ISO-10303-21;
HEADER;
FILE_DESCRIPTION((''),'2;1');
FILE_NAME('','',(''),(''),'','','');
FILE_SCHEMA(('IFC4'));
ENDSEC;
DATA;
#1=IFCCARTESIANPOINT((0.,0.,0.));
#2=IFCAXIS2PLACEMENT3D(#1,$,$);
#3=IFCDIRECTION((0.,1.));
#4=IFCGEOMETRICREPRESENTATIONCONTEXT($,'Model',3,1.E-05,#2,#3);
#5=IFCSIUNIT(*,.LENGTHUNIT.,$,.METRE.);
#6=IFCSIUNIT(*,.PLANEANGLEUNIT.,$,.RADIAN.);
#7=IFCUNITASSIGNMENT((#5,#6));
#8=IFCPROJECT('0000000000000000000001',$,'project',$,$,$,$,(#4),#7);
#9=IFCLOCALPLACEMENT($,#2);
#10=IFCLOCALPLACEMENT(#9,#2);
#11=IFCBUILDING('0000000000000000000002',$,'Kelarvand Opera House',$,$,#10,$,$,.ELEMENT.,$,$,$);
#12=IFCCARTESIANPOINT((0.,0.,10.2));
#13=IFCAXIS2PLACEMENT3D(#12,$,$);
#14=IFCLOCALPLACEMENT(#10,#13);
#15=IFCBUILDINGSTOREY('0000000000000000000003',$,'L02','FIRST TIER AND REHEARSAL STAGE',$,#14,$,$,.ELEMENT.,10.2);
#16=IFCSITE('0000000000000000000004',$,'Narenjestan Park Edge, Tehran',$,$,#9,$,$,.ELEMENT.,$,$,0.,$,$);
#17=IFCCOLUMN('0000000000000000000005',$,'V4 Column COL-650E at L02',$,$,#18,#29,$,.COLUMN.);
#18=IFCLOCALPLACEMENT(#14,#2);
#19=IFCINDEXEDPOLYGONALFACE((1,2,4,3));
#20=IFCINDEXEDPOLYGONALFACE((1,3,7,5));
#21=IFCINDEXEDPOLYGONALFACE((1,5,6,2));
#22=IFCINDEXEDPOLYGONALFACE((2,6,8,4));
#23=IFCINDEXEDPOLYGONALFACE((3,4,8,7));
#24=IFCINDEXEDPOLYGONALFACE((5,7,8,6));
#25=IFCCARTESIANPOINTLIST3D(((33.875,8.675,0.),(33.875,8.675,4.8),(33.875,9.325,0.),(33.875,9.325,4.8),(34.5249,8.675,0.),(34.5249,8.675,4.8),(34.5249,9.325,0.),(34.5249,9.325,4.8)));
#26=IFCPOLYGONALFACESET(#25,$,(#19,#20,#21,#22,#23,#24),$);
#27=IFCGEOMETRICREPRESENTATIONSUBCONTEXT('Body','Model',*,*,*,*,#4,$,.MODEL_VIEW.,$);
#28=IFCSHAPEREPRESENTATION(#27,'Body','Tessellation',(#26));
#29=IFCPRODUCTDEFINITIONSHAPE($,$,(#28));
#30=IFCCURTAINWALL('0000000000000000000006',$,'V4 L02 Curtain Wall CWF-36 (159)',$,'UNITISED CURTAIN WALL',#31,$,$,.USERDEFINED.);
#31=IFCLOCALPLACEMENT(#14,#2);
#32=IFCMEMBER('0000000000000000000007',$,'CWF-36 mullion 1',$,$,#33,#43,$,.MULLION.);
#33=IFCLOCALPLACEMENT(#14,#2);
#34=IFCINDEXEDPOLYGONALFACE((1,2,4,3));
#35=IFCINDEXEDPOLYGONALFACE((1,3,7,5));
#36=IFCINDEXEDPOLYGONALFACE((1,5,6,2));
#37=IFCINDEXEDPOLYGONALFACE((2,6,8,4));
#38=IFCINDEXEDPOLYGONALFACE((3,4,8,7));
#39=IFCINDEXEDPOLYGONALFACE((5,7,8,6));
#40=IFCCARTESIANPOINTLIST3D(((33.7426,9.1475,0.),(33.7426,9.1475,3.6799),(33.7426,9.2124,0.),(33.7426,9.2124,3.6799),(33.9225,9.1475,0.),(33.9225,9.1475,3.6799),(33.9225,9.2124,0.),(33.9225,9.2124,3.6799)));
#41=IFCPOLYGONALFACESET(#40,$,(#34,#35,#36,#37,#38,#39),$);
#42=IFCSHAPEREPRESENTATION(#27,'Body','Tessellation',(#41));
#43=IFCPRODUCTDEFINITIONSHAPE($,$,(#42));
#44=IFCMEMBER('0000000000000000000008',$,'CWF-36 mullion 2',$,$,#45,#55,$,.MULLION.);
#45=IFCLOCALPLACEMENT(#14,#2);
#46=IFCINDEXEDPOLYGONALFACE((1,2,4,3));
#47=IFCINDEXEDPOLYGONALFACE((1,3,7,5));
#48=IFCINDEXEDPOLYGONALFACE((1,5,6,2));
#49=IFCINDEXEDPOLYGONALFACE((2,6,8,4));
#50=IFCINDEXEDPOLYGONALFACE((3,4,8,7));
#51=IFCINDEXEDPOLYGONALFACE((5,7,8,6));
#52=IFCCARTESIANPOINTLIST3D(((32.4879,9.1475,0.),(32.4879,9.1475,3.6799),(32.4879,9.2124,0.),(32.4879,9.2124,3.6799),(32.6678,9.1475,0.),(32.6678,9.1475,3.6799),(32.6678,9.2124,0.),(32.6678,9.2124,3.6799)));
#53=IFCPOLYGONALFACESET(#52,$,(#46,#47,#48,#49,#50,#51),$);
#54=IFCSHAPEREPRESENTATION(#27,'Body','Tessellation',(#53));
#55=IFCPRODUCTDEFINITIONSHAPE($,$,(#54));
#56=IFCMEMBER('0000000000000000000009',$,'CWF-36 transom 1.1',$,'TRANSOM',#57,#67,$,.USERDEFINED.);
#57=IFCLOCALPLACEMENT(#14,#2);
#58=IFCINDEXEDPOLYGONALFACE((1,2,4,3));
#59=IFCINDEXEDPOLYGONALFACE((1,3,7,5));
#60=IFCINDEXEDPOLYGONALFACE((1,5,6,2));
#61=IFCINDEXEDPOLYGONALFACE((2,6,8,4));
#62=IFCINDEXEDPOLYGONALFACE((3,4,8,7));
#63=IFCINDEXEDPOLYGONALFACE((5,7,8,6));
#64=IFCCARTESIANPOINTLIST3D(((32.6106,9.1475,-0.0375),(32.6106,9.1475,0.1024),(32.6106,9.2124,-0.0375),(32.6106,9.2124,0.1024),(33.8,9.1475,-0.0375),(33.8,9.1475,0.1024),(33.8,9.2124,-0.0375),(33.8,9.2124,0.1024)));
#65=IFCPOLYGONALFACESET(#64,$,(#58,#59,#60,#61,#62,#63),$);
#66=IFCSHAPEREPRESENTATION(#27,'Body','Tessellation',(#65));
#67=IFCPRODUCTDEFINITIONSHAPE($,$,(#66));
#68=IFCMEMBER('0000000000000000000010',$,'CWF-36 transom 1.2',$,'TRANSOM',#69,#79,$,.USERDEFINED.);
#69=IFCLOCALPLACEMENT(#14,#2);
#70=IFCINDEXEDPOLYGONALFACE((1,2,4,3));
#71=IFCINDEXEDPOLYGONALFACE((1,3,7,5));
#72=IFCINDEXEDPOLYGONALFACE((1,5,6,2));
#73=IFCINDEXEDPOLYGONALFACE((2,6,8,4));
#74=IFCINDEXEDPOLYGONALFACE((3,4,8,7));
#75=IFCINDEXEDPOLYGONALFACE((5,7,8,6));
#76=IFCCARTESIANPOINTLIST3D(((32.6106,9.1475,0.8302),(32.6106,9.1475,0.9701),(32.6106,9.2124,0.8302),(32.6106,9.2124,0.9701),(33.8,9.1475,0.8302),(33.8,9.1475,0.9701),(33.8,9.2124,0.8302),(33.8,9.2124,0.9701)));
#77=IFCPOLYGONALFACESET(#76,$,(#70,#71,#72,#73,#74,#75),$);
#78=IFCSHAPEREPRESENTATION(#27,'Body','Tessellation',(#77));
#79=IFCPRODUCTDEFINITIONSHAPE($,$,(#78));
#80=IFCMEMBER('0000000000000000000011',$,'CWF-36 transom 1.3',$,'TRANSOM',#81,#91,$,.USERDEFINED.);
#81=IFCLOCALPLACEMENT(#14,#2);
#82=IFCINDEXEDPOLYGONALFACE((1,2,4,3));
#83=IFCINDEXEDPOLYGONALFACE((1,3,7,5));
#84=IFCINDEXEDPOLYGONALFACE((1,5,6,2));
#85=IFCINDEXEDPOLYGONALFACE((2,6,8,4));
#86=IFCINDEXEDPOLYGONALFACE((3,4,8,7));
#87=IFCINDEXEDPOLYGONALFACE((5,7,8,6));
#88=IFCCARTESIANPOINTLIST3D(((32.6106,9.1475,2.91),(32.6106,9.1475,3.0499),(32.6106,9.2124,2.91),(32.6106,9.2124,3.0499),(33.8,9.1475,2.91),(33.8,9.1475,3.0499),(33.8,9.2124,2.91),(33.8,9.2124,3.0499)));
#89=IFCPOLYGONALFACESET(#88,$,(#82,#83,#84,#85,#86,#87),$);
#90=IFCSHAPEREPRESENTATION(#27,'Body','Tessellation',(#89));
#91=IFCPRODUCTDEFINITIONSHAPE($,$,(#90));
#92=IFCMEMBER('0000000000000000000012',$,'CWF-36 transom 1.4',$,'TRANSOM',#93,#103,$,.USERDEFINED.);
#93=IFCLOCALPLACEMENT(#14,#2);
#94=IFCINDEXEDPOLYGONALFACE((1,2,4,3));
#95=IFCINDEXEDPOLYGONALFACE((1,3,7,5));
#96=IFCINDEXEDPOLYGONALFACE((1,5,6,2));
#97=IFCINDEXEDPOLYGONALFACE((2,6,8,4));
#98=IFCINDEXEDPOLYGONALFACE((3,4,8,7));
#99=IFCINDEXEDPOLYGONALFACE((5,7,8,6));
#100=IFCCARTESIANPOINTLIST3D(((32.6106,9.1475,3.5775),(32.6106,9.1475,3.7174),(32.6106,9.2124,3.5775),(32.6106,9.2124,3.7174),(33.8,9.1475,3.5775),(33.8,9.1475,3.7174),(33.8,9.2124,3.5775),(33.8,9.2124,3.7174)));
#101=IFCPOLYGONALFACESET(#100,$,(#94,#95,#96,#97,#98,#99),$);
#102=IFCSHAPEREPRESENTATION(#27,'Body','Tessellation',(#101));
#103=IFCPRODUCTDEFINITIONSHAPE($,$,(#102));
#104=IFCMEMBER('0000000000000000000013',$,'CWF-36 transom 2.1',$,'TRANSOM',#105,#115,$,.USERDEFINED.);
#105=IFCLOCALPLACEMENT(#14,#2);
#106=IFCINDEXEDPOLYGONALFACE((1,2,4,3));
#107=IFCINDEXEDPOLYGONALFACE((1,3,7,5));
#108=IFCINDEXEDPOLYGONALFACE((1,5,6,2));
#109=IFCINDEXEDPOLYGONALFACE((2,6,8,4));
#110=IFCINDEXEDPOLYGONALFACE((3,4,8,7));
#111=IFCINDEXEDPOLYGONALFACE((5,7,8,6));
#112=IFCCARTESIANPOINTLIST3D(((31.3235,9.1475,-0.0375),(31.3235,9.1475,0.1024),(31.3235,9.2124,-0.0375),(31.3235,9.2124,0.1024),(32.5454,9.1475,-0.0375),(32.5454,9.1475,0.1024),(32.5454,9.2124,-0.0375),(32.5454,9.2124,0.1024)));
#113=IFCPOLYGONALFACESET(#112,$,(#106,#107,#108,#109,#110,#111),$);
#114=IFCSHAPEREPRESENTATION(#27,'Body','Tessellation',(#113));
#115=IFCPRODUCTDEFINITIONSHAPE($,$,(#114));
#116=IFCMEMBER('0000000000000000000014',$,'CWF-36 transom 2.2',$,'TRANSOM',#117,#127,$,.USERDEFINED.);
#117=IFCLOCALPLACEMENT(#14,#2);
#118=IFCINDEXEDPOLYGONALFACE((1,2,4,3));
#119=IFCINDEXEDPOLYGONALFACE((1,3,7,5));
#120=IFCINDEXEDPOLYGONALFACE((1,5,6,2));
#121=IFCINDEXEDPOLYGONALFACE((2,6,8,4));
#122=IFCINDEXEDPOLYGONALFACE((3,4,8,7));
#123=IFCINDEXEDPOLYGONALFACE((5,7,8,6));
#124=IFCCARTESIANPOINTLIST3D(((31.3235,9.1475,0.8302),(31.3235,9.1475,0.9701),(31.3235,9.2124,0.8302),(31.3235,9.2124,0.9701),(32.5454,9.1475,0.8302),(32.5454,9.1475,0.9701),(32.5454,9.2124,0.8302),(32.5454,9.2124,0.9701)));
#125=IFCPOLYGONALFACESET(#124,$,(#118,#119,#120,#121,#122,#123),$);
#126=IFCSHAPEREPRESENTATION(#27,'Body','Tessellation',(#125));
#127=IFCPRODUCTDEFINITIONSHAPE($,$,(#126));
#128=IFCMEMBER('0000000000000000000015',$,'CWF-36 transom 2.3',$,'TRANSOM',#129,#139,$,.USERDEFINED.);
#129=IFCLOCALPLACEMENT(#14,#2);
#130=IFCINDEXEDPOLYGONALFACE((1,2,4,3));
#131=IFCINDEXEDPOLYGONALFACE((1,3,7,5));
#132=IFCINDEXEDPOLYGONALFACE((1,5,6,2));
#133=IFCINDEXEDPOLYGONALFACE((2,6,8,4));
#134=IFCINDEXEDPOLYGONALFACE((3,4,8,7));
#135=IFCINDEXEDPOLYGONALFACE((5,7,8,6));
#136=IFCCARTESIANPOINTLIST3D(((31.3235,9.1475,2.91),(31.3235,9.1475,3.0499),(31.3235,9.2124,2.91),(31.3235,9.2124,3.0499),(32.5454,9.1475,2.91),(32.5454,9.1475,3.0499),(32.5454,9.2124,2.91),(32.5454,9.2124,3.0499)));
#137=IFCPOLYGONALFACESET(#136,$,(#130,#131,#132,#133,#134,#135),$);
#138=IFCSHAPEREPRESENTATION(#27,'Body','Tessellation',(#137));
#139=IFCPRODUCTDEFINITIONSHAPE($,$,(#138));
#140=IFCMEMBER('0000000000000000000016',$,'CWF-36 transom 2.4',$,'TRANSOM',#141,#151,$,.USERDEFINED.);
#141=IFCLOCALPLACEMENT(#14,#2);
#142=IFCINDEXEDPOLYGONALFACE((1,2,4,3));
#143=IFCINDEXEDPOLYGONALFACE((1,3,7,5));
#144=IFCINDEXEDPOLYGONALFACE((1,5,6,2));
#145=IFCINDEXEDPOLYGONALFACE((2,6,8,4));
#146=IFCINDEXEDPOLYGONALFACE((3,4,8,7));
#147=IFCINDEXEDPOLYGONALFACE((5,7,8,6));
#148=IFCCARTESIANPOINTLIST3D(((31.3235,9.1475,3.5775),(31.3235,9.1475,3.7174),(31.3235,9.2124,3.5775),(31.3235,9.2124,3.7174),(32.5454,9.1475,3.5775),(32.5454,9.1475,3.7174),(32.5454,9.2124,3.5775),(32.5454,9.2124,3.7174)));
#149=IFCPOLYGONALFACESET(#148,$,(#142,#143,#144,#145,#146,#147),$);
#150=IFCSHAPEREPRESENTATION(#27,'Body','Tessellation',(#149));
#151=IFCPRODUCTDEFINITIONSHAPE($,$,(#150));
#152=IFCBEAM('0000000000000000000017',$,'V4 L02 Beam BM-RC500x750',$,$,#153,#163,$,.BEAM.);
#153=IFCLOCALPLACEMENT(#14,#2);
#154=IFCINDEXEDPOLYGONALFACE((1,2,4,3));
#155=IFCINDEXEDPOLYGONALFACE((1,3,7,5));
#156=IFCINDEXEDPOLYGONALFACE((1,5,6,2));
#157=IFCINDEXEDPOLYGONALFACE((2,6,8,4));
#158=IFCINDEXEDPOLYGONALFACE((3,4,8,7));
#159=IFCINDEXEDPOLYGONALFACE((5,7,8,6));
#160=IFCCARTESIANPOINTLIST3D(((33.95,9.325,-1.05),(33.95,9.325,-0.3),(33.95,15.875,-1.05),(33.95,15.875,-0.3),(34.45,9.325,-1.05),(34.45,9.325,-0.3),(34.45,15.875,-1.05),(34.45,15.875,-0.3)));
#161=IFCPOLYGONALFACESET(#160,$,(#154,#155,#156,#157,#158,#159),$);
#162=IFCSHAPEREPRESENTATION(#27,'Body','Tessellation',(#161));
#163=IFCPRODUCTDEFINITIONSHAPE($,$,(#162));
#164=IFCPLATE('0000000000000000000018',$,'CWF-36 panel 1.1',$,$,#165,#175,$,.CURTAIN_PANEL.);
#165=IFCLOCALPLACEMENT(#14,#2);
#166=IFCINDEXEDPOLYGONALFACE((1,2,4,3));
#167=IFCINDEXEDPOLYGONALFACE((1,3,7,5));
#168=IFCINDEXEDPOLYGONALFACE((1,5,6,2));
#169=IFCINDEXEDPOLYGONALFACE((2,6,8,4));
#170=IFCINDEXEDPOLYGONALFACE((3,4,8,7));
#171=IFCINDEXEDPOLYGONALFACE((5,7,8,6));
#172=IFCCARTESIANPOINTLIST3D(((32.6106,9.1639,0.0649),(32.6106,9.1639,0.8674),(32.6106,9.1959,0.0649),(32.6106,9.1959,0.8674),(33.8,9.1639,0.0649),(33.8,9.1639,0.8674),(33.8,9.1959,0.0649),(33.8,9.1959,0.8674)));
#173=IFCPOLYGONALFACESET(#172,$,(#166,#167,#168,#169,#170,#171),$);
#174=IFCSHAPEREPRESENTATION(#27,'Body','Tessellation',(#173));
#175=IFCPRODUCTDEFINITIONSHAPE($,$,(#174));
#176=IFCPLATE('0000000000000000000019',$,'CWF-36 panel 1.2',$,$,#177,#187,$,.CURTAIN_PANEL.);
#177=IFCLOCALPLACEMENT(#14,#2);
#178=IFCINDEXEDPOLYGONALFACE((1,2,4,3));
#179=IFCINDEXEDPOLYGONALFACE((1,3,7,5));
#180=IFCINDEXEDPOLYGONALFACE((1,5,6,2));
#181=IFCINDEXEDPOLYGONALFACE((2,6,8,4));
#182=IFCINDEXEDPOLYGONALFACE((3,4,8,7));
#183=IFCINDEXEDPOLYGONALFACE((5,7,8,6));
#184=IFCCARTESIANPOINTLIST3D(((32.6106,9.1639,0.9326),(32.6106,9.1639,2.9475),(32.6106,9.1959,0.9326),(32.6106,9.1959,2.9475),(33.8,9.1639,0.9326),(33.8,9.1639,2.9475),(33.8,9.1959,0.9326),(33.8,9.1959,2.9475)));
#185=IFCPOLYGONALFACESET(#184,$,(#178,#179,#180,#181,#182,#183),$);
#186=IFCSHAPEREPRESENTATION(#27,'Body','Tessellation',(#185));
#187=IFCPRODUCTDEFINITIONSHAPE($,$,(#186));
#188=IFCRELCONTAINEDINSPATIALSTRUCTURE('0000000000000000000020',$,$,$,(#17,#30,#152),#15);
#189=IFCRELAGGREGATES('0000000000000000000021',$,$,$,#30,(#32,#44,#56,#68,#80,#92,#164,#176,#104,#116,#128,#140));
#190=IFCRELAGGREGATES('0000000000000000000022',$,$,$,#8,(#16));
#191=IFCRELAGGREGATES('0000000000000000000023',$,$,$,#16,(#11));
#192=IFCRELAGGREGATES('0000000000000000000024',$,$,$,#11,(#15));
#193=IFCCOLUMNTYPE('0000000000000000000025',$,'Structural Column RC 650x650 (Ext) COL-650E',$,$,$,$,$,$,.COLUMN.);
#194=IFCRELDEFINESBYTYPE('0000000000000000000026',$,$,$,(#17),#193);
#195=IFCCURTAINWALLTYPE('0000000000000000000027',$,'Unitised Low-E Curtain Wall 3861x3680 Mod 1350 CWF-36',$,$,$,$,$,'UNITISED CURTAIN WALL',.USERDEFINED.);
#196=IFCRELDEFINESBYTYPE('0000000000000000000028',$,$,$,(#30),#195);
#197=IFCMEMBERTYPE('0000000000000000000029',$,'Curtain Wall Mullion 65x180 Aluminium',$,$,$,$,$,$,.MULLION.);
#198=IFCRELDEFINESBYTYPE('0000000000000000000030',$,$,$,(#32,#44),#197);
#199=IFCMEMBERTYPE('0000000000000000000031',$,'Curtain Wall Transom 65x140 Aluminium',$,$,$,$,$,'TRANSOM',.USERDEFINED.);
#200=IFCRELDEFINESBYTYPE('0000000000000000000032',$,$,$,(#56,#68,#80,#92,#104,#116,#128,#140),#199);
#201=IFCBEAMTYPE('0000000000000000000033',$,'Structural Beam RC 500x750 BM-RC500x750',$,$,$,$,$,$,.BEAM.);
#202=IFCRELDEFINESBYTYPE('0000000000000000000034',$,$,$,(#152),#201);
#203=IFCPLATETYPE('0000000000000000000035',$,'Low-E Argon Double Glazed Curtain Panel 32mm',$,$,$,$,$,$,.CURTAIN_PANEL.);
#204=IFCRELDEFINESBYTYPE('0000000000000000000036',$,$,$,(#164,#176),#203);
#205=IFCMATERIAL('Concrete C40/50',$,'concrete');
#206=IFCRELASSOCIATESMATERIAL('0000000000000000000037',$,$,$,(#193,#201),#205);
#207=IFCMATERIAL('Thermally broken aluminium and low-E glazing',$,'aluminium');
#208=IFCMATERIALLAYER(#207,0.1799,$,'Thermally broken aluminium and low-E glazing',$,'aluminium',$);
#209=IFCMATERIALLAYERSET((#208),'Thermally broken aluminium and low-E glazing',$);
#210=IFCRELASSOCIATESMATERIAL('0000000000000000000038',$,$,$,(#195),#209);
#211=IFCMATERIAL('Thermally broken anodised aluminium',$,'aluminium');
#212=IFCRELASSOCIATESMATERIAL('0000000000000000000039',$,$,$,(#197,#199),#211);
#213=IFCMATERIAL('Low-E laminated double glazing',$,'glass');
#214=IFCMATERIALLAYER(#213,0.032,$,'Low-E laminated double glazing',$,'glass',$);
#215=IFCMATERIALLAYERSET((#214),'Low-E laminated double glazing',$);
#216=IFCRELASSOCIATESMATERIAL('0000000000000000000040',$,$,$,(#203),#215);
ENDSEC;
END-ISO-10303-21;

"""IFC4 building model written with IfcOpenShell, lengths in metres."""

from ifc_helpers import new_model, si_unit, direction, frame, origin, origin_2d, place, context, subcontext, project, spatial, rectangle, extrude, material, layer, layer_set, material_profile, profile_set, type_object, element, aggregate, save


model = new_model("IFC4")

# Units and contexts
model_context = context("Model", 3, precision=1e-05, world=origin(), true_north=direction((0.0, 1.0)))
body_context = subcontext(model_context, "Body", "Model", "MODEL_VIEW")
ifc_project = project(units=[si_unit("LENGTHUNIT", "METRE"), si_unit("PLANEANGLEUNIT", "RADIAN")], contexts=[model_context])

# Site, building, storey
site_placement = place(None, origin())
site = spatial("IfcSite", under=ifc_project, at=site_placement, Name="Narenjestan Park Edge, Tehran", CompositionType="ELEMENT", RefElevation=0.0)
building_placement = place(site_placement, origin())
building = spatial("IfcBuilding", under=site, at=building_placement, Name="Kelarvand Opera House", CompositionType="ELEMENT")
storey_placement = place(building_placement, frame((0.0, 0.0, 10.2)))
storey = spatial("IfcBuildingStorey", under=building, at=storey_placement, Name="L02", Description="FIRST TIER AND REHEARSAL STAGE", CompositionType="ELEMENT", Elevation=10.2)

# Column
ifc_material_1 = material(Name="Concrete C40/50", Category="concrete")
ifc_material_profile_1 = material_profile(ifc_material_1, rectangle(XDim=0.6499, YDim=0.6499, at=origin_2d()), Name="RC 650x650", Category="concrete")
ifc_profile_set_1 = profile_set([ifc_material_profile_1], Name="Concrete C40/50")
column_type = type_object("IfcColumnType", Name="Structural Column RC 650x650 (Ext) COL-650E", PredefinedType="COLUMN", material=ifc_profile_set_1)
column_placement = place(storey_placement, frame((34.2, 9.0, 0.0), z_axis=(0.0, 0.0, 1.0), x_axis=(1.0, 0.0, 0.0)))
element("IfcColumn", 1, at=column_placement, inside=storey, type_object=column_type, Name="V4 Column COL-650E at L02", PredefinedType="COLUMN", context=body_context, shape_type="SweptSolid", body=[
    extrude(rectangle(XDim=0.6499, YDim=0.6499, at=origin_2d()), origin(), (0.0, 0.0, 1.0), 4.8),
])

# Curtain wall, members
ifc_material_2 = material(Name="Thermally broken aluminium and low-E glazing", Category="aluminium")
ifc_layer_1 = layer(ifc_material_2, 0.1799, Name="Thermally broken aluminium and low-E glazing", Category="aluminium")
ifc_layer_set_1 = layer_set([ifc_layer_1], Name="Thermally broken aluminium and low-E glazing")
curtain_wall_type = type_object("IfcCurtainWallType", Name="Unitised Low-E Curtain Wall 3861x3680 Mod 1350 CWF-36", ElementType="UNITISED CURTAIN WALL", PredefinedType="USERDEFINED", material=ifc_layer_set_1)
curtain_wall_placement = place(storey_placement, origin())
curtain_wall = element("IfcCurtainWall", 2, at=curtain_wall_placement, inside=storey, type_object=curtain_wall_type, Name="V4 L02 Curtain Wall CWF-36 (159)", ObjectType="UNITISED CURTAIN WALL", PredefinedType="USERDEFINED")
ifc_material_3 = material(Name="Thermally broken anodised aluminium", Category="aluminium")
ifc_material_profile_2 = material_profile(ifc_material_3, rectangle(XDim=0.0649, YDim=0.1799, at=origin_2d()), Name="ALU MULLION 65x180", Category="aluminium")
ifc_profile_set_2 = profile_set([ifc_material_profile_2], Name="Thermally broken anodised aluminium")
member_type_1 = type_object("IfcMemberType", Name="Curtain Wall Mullion 65x180 Aluminium", PredefinedType="MULLION", material=ifc_profile_set_2)
member_1_placement = place(storey_placement, frame((33.8325, 9.1799, 0.0), z_axis=(0.0, 0.0, 1.0), x_axis=(0.0, -1.0, 0.0)))
member_1 = element("IfcMember", 3, at=member_1_placement, type_object=member_type_1, Name="CWF-36 mullion 1", PredefinedType="MULLION", context=body_context, shape_type="SweptSolid", body=[
    extrude(rectangle(XDim=0.0649, YDim=0.1799, at=origin_2d()), origin(), (0.0, 0.0, 1.0), 3.6799),
])
member_2_placement = place(storey_placement, frame((32.5779, 9.1799, 0.0), z_axis=(0.0, 0.0, 1.0), x_axis=(0.0, -1.0, 0.0)))
member_2 = element("IfcMember", 4, at=member_2_placement, type_object=member_type_1, Name="CWF-36 mullion 2", PredefinedType="MULLION", context=body_context, shape_type="SweptSolid", body=[
    extrude(rectangle(XDim=0.0649, YDim=0.1799, at=origin_2d()), origin(), (0.0, 0.0, 1.0), 3.6799),
])
ifc_material_profile_3 = material_profile(ifc_material_3, rectangle(XDim=0.0649, YDim=0.1399, at=origin_2d()), Name="ALU TRANSOM 65x140", Category="aluminium")
ifc_profile_set_3 = profile_set([ifc_material_profile_3], Name="Thermally broken anodised aluminium")
member_type_2 = type_object("IfcMemberType", Name="Curtain Wall Transom 65x140 Aluminium", ElementType="TRANSOM", PredefinedType="USERDEFINED", material=ifc_profile_set_3)
member_3_placement = place(storey_placement, frame((33.8, 9.1799, 0.0325), z_axis=(-1.0, 0.0, 0.0), x_axis=(0.0, -1.0, 0.0)))
member_3 = element("IfcMember", 5, at=member_3_placement, type_object=member_type_2, Name="CWF-36 transom 1.1", ObjectType="TRANSOM", PredefinedType="USERDEFINED", context=body_context, shape_type="SweptSolid", body=[
    extrude(rectangle(XDim=0.0649, YDim=0.1399, at=origin_2d()), origin(), (0.0, 0.0, 1.0), 1.1895),
])
member_4_placement = place(storey_placement, frame((33.8, 9.1799, 0.9001), z_axis=(-1.0, 0.0, 0.0), x_axis=(0.0, -1.0, 0.0)))
member_4 = element("IfcMember", 6, at=member_4_placement, type_object=member_type_2, Name="CWF-36 transom 1.2", ObjectType="TRANSOM", PredefinedType="USERDEFINED", context=body_context, shape_type="SweptSolid", body=[
    extrude(rectangle(XDim=0.0649, YDim=0.1399, at=origin_2d()), origin(), (0.0, 0.0, 1.0), 1.1895),
])
member_5_placement = place(storey_placement, frame((33.8, 9.1799, 2.98), z_axis=(-1.0, 0.0, 0.0), x_axis=(0.0, -1.0, 0.0)))
member_5 = element("IfcMember", 7, at=member_5_placement, type_object=member_type_2, Name="CWF-36 transom 1.3", ObjectType="TRANSOM", PredefinedType="USERDEFINED", context=body_context, shape_type="SweptSolid", body=[
    extrude(rectangle(XDim=0.0649, YDim=0.1399, at=origin_2d()), origin(), (0.0, 0.0, 1.0), 1.1895),
])
member_6_placement = place(storey_placement, frame((33.8, 9.1799, 3.6475), z_axis=(-1.0, 0.0, 0.0), x_axis=(0.0, -1.0, 0.0)))
member_6 = element("IfcMember", 8, at=member_6_placement, type_object=member_type_2, Name="CWF-36 transom 1.4", ObjectType="TRANSOM", PredefinedType="USERDEFINED", context=body_context, shape_type="SweptSolid", body=[
    extrude(rectangle(XDim=0.0649, YDim=0.1399, at=origin_2d()), origin(), (0.0, 0.0, 1.0), 1.1895),
])
member_7_placement = place(storey_placement, frame((32.5454, 9.1799, 0.0325), z_axis=(-1.0, 0.0, 0.0), x_axis=(0.0, -1.0, 0.0)))
member_7 = element("IfcMember", 9, at=member_7_placement, type_object=member_type_2, Name="CWF-36 transom 2.1", ObjectType="TRANSOM", PredefinedType="USERDEFINED", context=body_context, shape_type="SweptSolid", body=[
    extrude(rectangle(XDim=0.0649, YDim=0.1399, at=origin_2d()), origin(), (0.0, 0.0, 1.0), 1.2219),
])
member_8_placement = place(storey_placement, frame((32.5454, 9.1799, 0.9001), z_axis=(-1.0, 0.0, 0.0), x_axis=(0.0, -1.0, 0.0)))
member_8 = element("IfcMember", 10, at=member_8_placement, type_object=member_type_2, Name="CWF-36 transom 2.2", ObjectType="TRANSOM", PredefinedType="USERDEFINED", context=body_context, shape_type="SweptSolid", body=[
    extrude(rectangle(XDim=0.0649, YDim=0.1399, at=origin_2d()), origin(), (0.0, 0.0, 1.0), 1.2219),
])
member_9_placement = place(storey_placement, frame((32.5454, 9.1799, 2.98), z_axis=(-1.0, 0.0, 0.0), x_axis=(0.0, -1.0, 0.0)))
member_9 = element("IfcMember", 11, at=member_9_placement, type_object=member_type_2, Name="CWF-36 transom 2.3", ObjectType="TRANSOM", PredefinedType="USERDEFINED", context=body_context, shape_type="SweptSolid", body=[
    extrude(rectangle(XDim=0.0649, YDim=0.1399, at=origin_2d()), origin(), (0.0, 0.0, 1.0), 1.2219),
])
member_10_placement = place(storey_placement, frame((32.5454, 9.1799, 3.6475), z_axis=(-1.0, 0.0, 0.0), x_axis=(0.0, -1.0, 0.0)))
member_10 = element("IfcMember", 12, at=member_10_placement, type_object=member_type_2, Name="CWF-36 transom 2.4", ObjectType="TRANSOM", PredefinedType="USERDEFINED", context=body_context, shape_type="SweptSolid", body=[
    extrude(rectangle(XDim=0.0649, YDim=0.1399, at=origin_2d()), origin(), (0.0, 0.0, 1.0), 1.2219),
])

# Beam
ifc_material_profile_4 = material_profile(ifc_material_1, rectangle(XDim=0.5, YDim=0.75, at=origin_2d()), Name="RC 500x750", Category="concrete")
ifc_profile_set_4 = profile_set([ifc_material_profile_4], Name="Concrete C40/50")
beam_type = type_object("IfcBeamType", Name="Structural Beam RC 500x750 BM-RC500x750", PredefinedType="BEAM", material=ifc_profile_set_4)
beam_placement = place(storey_placement, frame((34.2, 9.325, -0.675), z_axis=(0.0, 1.0, 0.0), x_axis=(-1.0, 0.0, 0.0)))
element("IfcBeam", 13, at=beam_placement, inside=storey, type_object=beam_type, Name="V4 L02 Beam BM-RC500x750", PredefinedType="BEAM", context=body_context, shape_type="SweptSolid", body=[
    extrude(rectangle(XDim=0.5, YDim=0.75, at=origin_2d()), origin(), (0.0, 0.0, 1.0), 6.55),
])

# Plates
ifc_material_4 = material(Name="Low-E laminated double glazing", Category="glass")
ifc_layer_2 = layer(ifc_material_4, 0.032, Name="Low-E laminated double glazing", Category="glass")
ifc_layer_set_2 = layer_set([ifc_layer_2], Name="Low-E laminated double glazing")
plate_type = type_object("IfcPlateType", Name="Low-E Argon Double Glazed Curtain Panel 32mm", PredefinedType="CURTAIN_PANEL", material=ifc_layer_set_2)
plate_1_placement = place(storey_placement, frame((33.2053, 9.1799, 0.0649), z_axis=(0.0, 0.0, 1.0), x_axis=(-1.0, 0.0, 0.0)))
plate_1 = element("IfcPlate", 14, at=plate_1_placement, type_object=plate_type, Name="CWF-36 panel 1.1", PredefinedType="CURTAIN_PANEL", context=body_context, shape_type="SweptSolid", body=[
    extrude(rectangle(XDim=1.1895, YDim=0.032, at=origin_2d()), origin(), (0.0, 0.0, 1.0), 0.8025),
])
plate_2_placement = place(storey_placement, frame((33.2053, 9.1799, 0.9326), z_axis=(0.0, 0.0, 1.0), x_axis=(-1.0, 0.0, 0.0)))
plate_2 = element("IfcPlate", 15, at=plate_2_placement, type_object=plate_type, Name="CWF-36 panel 1.2", PredefinedType="CURTAIN_PANEL", context=body_context, shape_type="SweptSolid", body=[
    extrude(rectangle(XDim=1.1895, YDim=0.032, at=origin_2d()), origin(), (0.0, 0.0, 1.0), 2.0149),
])
aggregate(curtain_wall, [member_1, member_2, member_3, member_4, member_5, member_6, plate_1, plate_2, member_7, member_8, member_9, member_10])

save(model, "model.ifc")
